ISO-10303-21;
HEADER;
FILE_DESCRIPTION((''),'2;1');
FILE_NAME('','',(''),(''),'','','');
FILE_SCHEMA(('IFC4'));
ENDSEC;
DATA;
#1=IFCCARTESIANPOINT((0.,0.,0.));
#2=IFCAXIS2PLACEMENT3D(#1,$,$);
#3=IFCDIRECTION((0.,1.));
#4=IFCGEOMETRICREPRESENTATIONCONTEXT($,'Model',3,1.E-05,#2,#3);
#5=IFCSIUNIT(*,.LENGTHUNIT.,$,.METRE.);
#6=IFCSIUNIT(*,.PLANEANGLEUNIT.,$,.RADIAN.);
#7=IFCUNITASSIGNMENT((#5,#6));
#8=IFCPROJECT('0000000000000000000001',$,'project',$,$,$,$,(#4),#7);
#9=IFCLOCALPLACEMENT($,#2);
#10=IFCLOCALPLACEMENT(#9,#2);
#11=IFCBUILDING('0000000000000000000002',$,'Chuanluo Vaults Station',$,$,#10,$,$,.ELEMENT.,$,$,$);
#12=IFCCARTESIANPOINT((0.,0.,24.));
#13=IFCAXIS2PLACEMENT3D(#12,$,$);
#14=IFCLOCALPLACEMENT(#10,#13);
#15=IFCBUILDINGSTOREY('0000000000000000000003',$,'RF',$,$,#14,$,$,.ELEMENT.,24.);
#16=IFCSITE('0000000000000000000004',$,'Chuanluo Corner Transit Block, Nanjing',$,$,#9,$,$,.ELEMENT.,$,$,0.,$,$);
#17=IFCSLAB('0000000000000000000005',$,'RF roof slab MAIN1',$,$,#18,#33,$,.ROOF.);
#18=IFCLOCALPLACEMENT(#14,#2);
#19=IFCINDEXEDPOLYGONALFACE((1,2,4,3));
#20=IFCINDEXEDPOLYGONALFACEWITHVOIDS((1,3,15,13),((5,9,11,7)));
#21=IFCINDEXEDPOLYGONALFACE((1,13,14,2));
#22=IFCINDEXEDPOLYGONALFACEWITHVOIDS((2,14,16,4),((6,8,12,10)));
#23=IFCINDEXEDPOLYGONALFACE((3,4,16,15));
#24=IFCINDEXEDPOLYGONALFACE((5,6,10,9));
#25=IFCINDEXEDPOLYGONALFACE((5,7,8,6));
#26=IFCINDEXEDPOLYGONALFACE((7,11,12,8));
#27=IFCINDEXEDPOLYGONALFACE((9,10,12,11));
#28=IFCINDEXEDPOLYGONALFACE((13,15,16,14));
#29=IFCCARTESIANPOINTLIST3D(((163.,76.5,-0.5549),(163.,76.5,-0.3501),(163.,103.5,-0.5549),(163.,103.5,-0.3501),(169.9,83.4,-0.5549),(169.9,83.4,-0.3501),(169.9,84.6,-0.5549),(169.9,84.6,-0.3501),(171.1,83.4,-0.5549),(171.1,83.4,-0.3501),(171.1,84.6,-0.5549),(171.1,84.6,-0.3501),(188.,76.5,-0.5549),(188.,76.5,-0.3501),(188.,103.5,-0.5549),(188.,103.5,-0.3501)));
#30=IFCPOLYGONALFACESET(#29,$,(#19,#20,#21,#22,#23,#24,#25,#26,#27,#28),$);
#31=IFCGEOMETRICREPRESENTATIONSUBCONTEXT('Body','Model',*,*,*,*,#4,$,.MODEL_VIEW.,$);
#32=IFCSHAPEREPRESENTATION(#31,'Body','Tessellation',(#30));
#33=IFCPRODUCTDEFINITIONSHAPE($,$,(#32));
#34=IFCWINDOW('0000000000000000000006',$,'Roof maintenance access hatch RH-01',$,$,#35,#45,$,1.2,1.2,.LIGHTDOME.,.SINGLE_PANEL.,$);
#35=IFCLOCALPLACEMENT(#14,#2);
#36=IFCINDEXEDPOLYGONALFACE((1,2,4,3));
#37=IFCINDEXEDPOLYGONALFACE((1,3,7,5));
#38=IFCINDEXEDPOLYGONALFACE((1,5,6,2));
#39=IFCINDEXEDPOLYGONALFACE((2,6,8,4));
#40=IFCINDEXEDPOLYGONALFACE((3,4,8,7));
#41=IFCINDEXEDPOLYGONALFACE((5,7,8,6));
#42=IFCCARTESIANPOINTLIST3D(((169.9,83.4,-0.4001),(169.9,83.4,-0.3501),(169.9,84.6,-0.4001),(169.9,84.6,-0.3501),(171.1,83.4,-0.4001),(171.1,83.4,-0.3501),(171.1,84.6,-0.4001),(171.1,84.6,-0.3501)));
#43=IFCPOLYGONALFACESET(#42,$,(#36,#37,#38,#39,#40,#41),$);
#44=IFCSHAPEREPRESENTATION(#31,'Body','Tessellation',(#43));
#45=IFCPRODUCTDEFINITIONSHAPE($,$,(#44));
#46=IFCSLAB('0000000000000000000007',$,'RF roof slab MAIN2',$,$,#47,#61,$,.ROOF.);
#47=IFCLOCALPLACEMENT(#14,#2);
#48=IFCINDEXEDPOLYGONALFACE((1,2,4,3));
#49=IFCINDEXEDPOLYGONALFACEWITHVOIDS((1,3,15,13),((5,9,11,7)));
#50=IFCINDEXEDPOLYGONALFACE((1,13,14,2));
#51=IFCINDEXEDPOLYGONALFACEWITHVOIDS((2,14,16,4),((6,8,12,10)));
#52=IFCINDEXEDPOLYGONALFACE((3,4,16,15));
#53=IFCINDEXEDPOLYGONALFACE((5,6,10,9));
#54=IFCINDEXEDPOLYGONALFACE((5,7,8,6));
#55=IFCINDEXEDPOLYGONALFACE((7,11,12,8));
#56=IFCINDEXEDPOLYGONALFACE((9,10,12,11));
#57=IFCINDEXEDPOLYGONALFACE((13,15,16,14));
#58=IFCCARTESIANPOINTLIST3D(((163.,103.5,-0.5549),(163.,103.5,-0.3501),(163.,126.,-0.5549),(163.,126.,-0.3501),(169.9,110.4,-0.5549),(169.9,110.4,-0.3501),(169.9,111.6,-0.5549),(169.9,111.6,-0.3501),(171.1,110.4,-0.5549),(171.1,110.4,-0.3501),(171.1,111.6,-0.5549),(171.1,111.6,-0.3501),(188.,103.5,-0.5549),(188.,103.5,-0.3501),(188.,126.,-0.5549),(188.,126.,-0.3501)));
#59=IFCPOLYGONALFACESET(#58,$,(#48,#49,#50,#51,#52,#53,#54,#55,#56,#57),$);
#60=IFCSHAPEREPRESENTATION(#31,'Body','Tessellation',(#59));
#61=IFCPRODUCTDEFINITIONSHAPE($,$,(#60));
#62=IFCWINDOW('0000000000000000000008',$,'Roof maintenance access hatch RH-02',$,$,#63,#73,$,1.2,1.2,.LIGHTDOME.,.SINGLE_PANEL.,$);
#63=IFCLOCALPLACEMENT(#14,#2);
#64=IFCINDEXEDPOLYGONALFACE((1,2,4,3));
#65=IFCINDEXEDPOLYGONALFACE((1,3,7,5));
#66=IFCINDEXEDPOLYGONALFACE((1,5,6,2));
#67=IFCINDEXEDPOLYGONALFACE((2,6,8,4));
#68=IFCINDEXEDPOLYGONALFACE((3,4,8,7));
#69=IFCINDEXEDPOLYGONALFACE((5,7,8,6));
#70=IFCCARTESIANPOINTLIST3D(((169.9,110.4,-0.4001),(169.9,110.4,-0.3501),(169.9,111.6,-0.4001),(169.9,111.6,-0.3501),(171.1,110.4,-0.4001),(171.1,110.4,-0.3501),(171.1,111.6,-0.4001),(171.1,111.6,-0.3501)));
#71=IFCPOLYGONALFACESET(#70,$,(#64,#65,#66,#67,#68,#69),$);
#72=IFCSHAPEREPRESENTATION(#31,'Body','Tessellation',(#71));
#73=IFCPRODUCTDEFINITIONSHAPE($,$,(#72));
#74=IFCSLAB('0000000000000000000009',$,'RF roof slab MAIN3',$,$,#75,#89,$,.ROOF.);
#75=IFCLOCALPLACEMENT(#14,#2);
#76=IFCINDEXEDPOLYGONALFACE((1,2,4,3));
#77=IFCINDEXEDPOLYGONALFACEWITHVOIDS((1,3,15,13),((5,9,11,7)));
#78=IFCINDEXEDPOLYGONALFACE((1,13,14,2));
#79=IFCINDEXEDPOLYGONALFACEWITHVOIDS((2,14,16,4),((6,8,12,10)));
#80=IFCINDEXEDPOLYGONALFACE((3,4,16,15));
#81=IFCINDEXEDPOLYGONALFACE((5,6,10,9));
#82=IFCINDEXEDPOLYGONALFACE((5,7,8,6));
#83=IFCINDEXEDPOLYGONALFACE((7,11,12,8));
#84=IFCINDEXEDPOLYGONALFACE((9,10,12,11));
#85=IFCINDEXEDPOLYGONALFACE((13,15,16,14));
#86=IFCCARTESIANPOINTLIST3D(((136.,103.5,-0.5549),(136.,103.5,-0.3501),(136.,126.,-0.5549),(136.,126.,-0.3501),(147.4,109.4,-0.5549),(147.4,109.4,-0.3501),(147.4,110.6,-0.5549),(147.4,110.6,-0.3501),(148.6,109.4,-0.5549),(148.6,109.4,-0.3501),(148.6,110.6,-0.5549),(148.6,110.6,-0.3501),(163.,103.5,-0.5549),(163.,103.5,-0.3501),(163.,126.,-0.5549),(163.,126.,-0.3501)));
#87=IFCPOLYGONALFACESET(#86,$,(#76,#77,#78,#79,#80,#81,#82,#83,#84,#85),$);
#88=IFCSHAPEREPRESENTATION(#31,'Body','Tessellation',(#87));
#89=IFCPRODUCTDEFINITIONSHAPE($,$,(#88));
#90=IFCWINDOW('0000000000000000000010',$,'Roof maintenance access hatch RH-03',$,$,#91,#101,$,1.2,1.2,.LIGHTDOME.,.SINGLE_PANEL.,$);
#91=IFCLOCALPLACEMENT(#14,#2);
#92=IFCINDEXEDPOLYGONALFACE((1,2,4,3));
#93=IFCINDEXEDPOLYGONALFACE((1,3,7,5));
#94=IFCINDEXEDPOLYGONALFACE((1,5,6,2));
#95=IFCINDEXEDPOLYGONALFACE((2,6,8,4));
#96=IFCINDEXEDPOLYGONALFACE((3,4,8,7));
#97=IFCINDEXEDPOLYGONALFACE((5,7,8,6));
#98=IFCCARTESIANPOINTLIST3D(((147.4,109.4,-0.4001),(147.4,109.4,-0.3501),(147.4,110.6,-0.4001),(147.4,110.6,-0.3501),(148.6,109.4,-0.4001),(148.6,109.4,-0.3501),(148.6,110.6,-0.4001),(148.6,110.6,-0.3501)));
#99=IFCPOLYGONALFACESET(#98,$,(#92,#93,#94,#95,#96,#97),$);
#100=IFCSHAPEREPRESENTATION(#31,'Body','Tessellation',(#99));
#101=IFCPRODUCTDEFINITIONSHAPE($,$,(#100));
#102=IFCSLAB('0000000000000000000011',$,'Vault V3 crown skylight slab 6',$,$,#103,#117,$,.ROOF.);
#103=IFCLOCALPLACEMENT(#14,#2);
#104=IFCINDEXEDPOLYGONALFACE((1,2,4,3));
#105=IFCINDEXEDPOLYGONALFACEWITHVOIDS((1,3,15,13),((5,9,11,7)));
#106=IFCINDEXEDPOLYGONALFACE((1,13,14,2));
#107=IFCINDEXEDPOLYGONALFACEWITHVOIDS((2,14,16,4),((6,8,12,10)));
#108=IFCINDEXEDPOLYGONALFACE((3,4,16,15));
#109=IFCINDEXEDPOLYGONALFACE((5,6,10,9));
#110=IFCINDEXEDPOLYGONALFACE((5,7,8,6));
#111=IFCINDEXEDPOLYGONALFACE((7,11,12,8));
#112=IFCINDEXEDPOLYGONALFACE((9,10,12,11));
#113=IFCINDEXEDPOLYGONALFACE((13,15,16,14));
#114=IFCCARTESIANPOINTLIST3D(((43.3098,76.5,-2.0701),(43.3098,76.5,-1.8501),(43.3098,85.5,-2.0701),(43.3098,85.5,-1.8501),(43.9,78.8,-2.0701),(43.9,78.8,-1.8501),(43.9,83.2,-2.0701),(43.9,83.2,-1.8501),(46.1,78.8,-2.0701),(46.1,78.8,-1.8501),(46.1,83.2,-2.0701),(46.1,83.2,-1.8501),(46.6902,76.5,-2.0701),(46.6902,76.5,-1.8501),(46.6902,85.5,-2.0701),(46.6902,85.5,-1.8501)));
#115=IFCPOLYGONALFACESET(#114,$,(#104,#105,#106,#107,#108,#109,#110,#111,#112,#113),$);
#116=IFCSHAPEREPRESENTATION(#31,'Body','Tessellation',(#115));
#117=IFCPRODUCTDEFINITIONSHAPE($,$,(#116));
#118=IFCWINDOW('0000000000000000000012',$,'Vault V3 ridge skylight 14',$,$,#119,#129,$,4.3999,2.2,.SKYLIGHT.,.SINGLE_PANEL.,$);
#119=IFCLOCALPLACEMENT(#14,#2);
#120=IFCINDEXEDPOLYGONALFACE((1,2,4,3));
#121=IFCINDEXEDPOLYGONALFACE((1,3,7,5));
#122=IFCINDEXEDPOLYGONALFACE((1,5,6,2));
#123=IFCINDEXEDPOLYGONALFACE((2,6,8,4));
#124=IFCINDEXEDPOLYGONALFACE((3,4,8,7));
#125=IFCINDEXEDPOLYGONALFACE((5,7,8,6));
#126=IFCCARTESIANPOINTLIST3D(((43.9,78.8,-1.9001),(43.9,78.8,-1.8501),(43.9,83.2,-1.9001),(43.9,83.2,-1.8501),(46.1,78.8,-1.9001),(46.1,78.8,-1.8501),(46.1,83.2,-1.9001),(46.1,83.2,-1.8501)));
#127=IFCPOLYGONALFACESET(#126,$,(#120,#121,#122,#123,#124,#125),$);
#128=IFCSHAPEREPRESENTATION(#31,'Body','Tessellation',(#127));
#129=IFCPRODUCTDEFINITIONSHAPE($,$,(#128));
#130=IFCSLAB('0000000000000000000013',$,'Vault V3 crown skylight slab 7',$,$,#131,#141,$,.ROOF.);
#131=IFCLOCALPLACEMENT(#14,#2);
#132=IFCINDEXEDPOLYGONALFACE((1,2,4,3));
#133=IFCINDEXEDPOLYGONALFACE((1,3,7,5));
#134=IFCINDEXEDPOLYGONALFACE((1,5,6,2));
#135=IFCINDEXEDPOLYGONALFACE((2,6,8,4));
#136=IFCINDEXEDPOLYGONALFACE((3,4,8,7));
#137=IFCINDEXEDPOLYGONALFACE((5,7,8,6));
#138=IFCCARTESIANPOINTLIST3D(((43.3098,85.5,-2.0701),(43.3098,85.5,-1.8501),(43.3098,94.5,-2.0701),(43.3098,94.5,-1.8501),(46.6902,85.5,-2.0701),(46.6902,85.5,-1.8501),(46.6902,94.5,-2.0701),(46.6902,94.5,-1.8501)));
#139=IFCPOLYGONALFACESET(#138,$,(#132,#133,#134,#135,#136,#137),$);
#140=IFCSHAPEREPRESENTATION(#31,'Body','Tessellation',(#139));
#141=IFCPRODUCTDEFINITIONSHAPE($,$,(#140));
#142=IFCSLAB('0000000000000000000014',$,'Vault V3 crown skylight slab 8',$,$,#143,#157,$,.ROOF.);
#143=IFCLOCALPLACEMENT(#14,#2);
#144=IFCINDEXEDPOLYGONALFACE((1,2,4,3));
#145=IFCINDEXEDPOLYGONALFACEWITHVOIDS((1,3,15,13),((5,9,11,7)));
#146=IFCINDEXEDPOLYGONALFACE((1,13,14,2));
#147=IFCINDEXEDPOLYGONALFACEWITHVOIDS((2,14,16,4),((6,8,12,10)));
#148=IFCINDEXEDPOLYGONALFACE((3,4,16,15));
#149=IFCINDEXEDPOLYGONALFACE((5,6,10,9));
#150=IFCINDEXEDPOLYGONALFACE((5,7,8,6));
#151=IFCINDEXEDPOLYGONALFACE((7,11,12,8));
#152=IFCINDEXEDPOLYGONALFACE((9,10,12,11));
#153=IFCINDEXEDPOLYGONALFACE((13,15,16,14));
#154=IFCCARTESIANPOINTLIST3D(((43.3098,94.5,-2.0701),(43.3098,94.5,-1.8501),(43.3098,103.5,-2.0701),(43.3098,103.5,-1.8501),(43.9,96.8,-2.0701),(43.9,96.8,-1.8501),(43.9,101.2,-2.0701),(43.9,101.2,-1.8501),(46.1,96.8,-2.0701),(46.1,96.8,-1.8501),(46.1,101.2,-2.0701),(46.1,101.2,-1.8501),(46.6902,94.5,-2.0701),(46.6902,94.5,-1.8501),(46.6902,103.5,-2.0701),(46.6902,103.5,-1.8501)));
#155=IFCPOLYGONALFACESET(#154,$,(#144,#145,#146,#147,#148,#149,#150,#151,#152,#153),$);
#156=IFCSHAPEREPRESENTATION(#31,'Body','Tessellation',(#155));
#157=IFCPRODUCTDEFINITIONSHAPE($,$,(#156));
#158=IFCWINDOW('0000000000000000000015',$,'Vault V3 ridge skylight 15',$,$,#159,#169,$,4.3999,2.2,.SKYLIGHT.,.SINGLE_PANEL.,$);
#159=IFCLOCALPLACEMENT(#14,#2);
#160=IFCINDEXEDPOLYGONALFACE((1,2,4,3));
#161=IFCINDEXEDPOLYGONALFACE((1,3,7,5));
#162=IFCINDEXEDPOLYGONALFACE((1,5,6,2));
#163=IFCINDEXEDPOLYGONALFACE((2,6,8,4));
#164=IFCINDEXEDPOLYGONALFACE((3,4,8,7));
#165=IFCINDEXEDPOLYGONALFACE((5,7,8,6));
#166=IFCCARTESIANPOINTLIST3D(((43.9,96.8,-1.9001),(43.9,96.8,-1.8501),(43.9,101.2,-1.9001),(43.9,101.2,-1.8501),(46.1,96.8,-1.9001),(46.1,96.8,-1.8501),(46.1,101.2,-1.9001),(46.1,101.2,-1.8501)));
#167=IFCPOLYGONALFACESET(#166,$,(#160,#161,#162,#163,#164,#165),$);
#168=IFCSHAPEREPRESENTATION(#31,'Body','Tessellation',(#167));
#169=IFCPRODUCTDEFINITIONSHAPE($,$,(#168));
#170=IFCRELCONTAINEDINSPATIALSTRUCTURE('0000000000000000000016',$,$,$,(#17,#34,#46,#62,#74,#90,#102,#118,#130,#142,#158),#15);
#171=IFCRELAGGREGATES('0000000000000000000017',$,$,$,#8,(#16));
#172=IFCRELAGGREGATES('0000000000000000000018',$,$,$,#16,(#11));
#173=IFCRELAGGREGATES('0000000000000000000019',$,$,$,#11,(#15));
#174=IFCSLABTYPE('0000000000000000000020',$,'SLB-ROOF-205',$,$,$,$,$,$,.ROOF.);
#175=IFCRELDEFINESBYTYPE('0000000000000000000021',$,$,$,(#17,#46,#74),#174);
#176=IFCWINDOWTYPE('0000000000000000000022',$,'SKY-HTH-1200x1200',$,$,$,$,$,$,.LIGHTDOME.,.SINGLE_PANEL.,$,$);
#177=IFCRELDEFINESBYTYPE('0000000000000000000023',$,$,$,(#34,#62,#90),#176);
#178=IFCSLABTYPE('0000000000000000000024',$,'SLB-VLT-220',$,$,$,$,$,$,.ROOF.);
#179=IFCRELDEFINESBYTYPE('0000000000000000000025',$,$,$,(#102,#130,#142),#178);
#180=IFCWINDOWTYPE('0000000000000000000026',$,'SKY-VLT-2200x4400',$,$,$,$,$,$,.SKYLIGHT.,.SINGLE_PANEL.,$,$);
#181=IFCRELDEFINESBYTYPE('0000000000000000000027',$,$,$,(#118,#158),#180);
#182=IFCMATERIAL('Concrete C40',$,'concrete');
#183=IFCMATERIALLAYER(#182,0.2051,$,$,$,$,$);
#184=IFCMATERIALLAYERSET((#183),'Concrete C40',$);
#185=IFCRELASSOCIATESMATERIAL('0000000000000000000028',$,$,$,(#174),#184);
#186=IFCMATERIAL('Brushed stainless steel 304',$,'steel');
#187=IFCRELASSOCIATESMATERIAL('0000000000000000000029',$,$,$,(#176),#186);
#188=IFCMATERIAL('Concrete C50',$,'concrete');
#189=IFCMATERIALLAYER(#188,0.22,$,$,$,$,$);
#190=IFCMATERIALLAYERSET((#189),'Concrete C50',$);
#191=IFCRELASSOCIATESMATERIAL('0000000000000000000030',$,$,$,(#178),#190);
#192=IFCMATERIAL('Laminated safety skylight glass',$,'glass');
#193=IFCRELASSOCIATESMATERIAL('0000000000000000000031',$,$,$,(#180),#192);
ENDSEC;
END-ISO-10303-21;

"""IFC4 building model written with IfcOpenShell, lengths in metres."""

from ifc_helpers import new_model, si_unit, direction, frame, origin, origin_2d, place, context, subcontext, project, spatial, polyline, rectangle, outline, extrude, material, layer, layer_set, type_object, element, fill, save


model = new_model("IFC4")

# Units and contexts
model_context = context("Model", 3, precision=1e-05, world=origin(), true_north=direction((0.0, 1.0)))
body_context = subcontext(model_context, "Body", "Model", "MODEL_VIEW")
ifc_project = project(units=[si_unit("LENGTHUNIT", "METRE"), si_unit("PLANEANGLEUNIT", "RADIAN")], contexts=[model_context])

# Site, building, storey
site_placement = place(None, origin())
site = spatial("IfcSite", under=ifc_project, at=site_placement, Name="Chuanluo Corner Transit Block, Nanjing", CompositionType="ELEMENT", RefElevation=0.0)
building_placement = place(site_placement, origin())
building = spatial("IfcBuilding", under=site, at=building_placement, Name="Chuanluo Vaults Station", CompositionType="ELEMENT")
storey_placement = place(building_placement, frame((0.0, 0.0, 24.0)))
storey = spatial("IfcBuildingStorey", under=building, at=storey_placement, Name="RF", CompositionType="ELEMENT", Elevation=24.0)

# Slabs, openings, windows
ifc_material_1 = material(Name="Concrete C40", Category="concrete")
ifc_layer_1 = layer(ifc_material_1, 0.2051)
ifc_layer_set_1 = layer_set([ifc_layer_1], Name="Concrete C40")
slab_type_1 = type_object("IfcSlabType", Name="SLB-ROOF-205", PredefinedType="ROOF", material=ifc_layer_set_1)
slab_1_placement = place(storey_placement, frame((0.0, 0.0, -0.5549)))
slab_1 = element("IfcSlab", 1, at=slab_1_placement, inside=storey, type_object=slab_type_1, Name="RF roof slab MAIN1", PredefinedType="ROOF", context=body_context, shape_type="SweptSolid", body=[
    extrude(outline(polyline([(163.0, 76.5), (188.0, 76.5), (188.0, 103.5), (163.0, 103.5), (163.0, 76.5)])), origin(), (0.0, 0.0, 1.0), 0.2048),
])
opening_1_placement = place(slab_1_placement, frame((170.5, 84.0, 0.0)))
opening_1 = element("IfcOpeningElement", 2, at=opening_1_placement, cuts=slab_1, PredefinedType="OPENING", context=body_context, shape_type="SweptSolid", body=[
    extrude(rectangle(XDim=1.2, YDim=1.2, at=origin_2d()), frame((0.0, 0.0, -0.01)), (0.0, 0.0, 1.0), 0.2248),
])
ifc_material_2 = material(Name="Brushed stainless steel 304", Category="steel")
window_type_1 = type_object("IfcWindowType", Name="SKY-HTH-1200x1200", PartitioningType="SINGLE_PANEL", PredefinedType="LIGHTDOME", material=ifc_material_2)
window_1_placement = place(opening_1_placement, frame((0.0, 0.0, 0.1548)))
window_1 = element("IfcWindow", 3, at=window_1_placement, inside=storey, type_object=window_type_1, Name="Roof maintenance access hatch RH-01", OverallHeight=1.2, OverallWidth=1.2, PartitioningType="SINGLE_PANEL", PredefinedType="LIGHTDOME", context=body_context, shape_type="SweptSolid", body=[
    extrude(rectangle(XDim=1.2, YDim=1.2, at=origin_2d()), origin(), (0.0, 0.0, 1.0), 0.05),
])
fill(opening_1, window_1)
slab_2_placement = place(storey_placement, frame((0.0, 0.0, -0.5549)))
slab_2 = element("IfcSlab", 4, at=slab_2_placement, inside=storey, type_object=slab_type_1, Name="RF roof slab MAIN2", PredefinedType="ROOF", context=body_context, shape_type="SweptSolid", body=[
    extrude(outline(polyline([(163.0, 103.5), (188.0, 103.5), (188.0, 126.0), (163.0, 126.0), (163.0, 103.5)])), origin(), (0.0, 0.0, 1.0), 0.2048),
])
opening_2_placement = place(slab_2_placement, frame((170.5, 111.0, 0.0)))
opening_2 = element("IfcOpeningElement", 5, at=opening_2_placement, cuts=slab_2, PredefinedType="OPENING", context=body_context, shape_type="SweptSolid", body=[
    extrude(rectangle(XDim=1.2, YDim=1.2, at=origin_2d()), frame((0.0, 0.0, -0.01)), (0.0, 0.0, 1.0), 0.2248),
])
window_2_placement = place(opening_2_placement, frame((0.0, 0.0, 0.1548)))
window_2 = element("IfcWindow", 6, at=window_2_placement, inside=storey, type_object=window_type_1, Name="Roof maintenance access hatch RH-02", OverallHeight=1.2, OverallWidth=1.2, PartitioningType="SINGLE_PANEL", PredefinedType="LIGHTDOME", context=body_context, shape_type="SweptSolid", body=[
    extrude(rectangle(XDim=1.2, YDim=1.2, at=origin_2d()), origin(), (0.0, 0.0, 1.0), 0.05),
])
fill(opening_2, window_2)
slab_3_placement = place(storey_placement, frame((0.0, 0.0, -0.5549)))
slab_3 = element("IfcSlab", 7, at=slab_3_placement, inside=storey, type_object=slab_type_1, Name="RF roof slab MAIN3", PredefinedType="ROOF", context=body_context, shape_type="SweptSolid", body=[
    extrude(outline(polyline([(136.0, 103.5), (163.0, 103.5), (163.0, 126.0), (136.0, 126.0), (136.0, 103.5)])), origin(), (0.0, 0.0, 1.0), 0.2048),
])
opening_3_placement = place(slab_3_placement, frame((148.0, 110.0, 0.0)))
opening_3 = element("IfcOpeningElement", 8, at=opening_3_placement, cuts=slab_3, PredefinedType="OPENING", context=body_context, shape_type="SweptSolid", body=[
    extrude(rectangle(XDim=1.2, YDim=1.2, at=origin_2d()), frame((0.0, 0.0, -0.01)), (0.0, 0.0, 1.0), 0.2248),
])
window_3_placement = place(opening_3_placement, frame((0.0, 0.0, 0.1548)))
window_3 = element("IfcWindow", 9, at=window_3_placement, inside=storey, type_object=window_type_1, Name="Roof maintenance access hatch RH-03", OverallHeight=1.2, OverallWidth=1.2, PartitioningType="SINGLE_PANEL", PredefinedType="LIGHTDOME", context=body_context, shape_type="SweptSolid", body=[
    extrude(rectangle(XDim=1.2, YDim=1.2, at=origin_2d()), origin(), (0.0, 0.0, 1.0), 0.05),
])
fill(opening_3, window_3)
ifc_material_3 = material(Name="Concrete C50", Category="concrete")
ifc_layer_2 = layer(ifc_material_3, 0.22)
ifc_layer_set_2 = layer_set([ifc_layer_2], Name="Concrete C50")
slab_type_2 = type_object("IfcSlabType", Name="SLB-VLT-220", PredefinedType="ROOF", material=ifc_layer_set_2)
slab_4_placement = place(storey_placement, frame((0.0, 0.0, -2.0701)))
slab_4 = element("IfcSlab", 10, at=slab_4_placement, inside=storey, type_object=slab_type_2, Name="Vault V3 crown skylight slab 6", PredefinedType="ROOF", context=body_context, shape_type="SweptSolid", body=[
    extrude(outline(polyline([(43.3098, 76.5), (46.6902, 76.5), (46.6902, 85.5), (43.3098, 85.5), (43.3098, 76.5)])), origin(), (0.0, 0.0, 1.0), 0.22),
])
opening_4_placement = place(slab_4_placement, frame((45.0, 81.0, 0.0)))
opening_4 = element("IfcOpeningElement", 11, at=opening_4_placement, cuts=slab_4, PredefinedType="OPENING", context=body_context, shape_type="SweptSolid", body=[
    extrude(rectangle(XDim=2.2, YDim=4.3999, at=origin_2d()), frame((0.0, 0.0, -0.01)), (0.0, 0.0, 1.0), 0.24),
])
ifc_material_4 = material(Name="Laminated safety skylight glass", Category="glass")
window_type_2 = type_object("IfcWindowType", Name="SKY-VLT-2200x4400", PartitioningType="SINGLE_PANEL", PredefinedType="SKYLIGHT", material=ifc_material_4)
window_4_placement = place(opening_4_placement, frame((0.0, 0.0, 0.1699)))
window_4 = element("IfcWindow", 12, at=window_4_placement, inside=storey, type_object=window_type_2, Name="Vault V3 ridge skylight 14", OverallHeight=4.3999, OverallWidth=2.2, PartitioningType="SINGLE_PANEL", PredefinedType="SKYLIGHT", context=body_context, shape_type="SweptSolid", body=[
    extrude(rectangle(XDim=2.2, YDim=4.3999, at=origin_2d()), origin(), (0.0, 0.0, 1.0), 0.05),
])
fill(opening_4, window_4)

# Slab
slab_5_placement = place(storey_placement, frame((0.0, 0.0, -2.0701)))
element("IfcSlab", 13, at=slab_5_placement, inside=storey, type_object=slab_type_2, Name="Vault V3 crown skylight slab 7", PredefinedType="ROOF", context=body_context, shape_type="SweptSolid", body=[
    extrude(outline(polyline([(43.3098, 85.5), (46.6902, 85.5), (46.6902, 94.5), (43.3098, 94.5), (43.3098, 85.5)])), origin(), (0.0, 0.0, 1.0), 0.22),
])

# Slab, opening, window
slab_6_placement = place(storey_placement, frame((0.0, 0.0, -2.0701)))
slab_6 = element("IfcSlab", 14, at=slab_6_placement, inside=storey, type_object=slab_type_2, Name="Vault V3 crown skylight slab 8", PredefinedType="ROOF", context=body_context, shape_type="SweptSolid", body=[
    extrude(outline(polyline([(43.3098, 94.5), (46.6902, 94.5), (46.6902, 103.5), (43.3098, 103.5), (43.3098, 94.5)])), origin(), (0.0, 0.0, 1.0), 0.22),
])
opening_5_placement = place(slab_6_placement, frame((45.0, 99.0, 0.0)))
opening_5 = element("IfcOpeningElement", 15, at=opening_5_placement, cuts=slab_6, PredefinedType="OPENING", context=body_context, shape_type="SweptSolid", body=[
    extrude(rectangle(XDim=2.2, YDim=4.3999, at=origin_2d()), frame((0.0, 0.0, -0.01)), (0.0, 0.0, 1.0), 0.24),
])
window_5_placement = place(opening_5_placement, frame((0.0, 0.0, 0.1699)))
window_5 = element("IfcWindow", 16, at=window_5_placement, inside=storey, type_object=window_type_2, Name="Vault V3 ridge skylight 15", OverallHeight=4.3999, OverallWidth=2.2, PartitioningType="SINGLE_PANEL", PredefinedType="SKYLIGHT", context=body_context, shape_type="SweptSolid", body=[
    extrude(rectangle(XDim=2.2, YDim=4.3999, at=origin_2d()), origin(), (0.0, 0.0, 1.0), 0.05),
])
fill(opening_5, window_5)

save(model, "model.ifc")
